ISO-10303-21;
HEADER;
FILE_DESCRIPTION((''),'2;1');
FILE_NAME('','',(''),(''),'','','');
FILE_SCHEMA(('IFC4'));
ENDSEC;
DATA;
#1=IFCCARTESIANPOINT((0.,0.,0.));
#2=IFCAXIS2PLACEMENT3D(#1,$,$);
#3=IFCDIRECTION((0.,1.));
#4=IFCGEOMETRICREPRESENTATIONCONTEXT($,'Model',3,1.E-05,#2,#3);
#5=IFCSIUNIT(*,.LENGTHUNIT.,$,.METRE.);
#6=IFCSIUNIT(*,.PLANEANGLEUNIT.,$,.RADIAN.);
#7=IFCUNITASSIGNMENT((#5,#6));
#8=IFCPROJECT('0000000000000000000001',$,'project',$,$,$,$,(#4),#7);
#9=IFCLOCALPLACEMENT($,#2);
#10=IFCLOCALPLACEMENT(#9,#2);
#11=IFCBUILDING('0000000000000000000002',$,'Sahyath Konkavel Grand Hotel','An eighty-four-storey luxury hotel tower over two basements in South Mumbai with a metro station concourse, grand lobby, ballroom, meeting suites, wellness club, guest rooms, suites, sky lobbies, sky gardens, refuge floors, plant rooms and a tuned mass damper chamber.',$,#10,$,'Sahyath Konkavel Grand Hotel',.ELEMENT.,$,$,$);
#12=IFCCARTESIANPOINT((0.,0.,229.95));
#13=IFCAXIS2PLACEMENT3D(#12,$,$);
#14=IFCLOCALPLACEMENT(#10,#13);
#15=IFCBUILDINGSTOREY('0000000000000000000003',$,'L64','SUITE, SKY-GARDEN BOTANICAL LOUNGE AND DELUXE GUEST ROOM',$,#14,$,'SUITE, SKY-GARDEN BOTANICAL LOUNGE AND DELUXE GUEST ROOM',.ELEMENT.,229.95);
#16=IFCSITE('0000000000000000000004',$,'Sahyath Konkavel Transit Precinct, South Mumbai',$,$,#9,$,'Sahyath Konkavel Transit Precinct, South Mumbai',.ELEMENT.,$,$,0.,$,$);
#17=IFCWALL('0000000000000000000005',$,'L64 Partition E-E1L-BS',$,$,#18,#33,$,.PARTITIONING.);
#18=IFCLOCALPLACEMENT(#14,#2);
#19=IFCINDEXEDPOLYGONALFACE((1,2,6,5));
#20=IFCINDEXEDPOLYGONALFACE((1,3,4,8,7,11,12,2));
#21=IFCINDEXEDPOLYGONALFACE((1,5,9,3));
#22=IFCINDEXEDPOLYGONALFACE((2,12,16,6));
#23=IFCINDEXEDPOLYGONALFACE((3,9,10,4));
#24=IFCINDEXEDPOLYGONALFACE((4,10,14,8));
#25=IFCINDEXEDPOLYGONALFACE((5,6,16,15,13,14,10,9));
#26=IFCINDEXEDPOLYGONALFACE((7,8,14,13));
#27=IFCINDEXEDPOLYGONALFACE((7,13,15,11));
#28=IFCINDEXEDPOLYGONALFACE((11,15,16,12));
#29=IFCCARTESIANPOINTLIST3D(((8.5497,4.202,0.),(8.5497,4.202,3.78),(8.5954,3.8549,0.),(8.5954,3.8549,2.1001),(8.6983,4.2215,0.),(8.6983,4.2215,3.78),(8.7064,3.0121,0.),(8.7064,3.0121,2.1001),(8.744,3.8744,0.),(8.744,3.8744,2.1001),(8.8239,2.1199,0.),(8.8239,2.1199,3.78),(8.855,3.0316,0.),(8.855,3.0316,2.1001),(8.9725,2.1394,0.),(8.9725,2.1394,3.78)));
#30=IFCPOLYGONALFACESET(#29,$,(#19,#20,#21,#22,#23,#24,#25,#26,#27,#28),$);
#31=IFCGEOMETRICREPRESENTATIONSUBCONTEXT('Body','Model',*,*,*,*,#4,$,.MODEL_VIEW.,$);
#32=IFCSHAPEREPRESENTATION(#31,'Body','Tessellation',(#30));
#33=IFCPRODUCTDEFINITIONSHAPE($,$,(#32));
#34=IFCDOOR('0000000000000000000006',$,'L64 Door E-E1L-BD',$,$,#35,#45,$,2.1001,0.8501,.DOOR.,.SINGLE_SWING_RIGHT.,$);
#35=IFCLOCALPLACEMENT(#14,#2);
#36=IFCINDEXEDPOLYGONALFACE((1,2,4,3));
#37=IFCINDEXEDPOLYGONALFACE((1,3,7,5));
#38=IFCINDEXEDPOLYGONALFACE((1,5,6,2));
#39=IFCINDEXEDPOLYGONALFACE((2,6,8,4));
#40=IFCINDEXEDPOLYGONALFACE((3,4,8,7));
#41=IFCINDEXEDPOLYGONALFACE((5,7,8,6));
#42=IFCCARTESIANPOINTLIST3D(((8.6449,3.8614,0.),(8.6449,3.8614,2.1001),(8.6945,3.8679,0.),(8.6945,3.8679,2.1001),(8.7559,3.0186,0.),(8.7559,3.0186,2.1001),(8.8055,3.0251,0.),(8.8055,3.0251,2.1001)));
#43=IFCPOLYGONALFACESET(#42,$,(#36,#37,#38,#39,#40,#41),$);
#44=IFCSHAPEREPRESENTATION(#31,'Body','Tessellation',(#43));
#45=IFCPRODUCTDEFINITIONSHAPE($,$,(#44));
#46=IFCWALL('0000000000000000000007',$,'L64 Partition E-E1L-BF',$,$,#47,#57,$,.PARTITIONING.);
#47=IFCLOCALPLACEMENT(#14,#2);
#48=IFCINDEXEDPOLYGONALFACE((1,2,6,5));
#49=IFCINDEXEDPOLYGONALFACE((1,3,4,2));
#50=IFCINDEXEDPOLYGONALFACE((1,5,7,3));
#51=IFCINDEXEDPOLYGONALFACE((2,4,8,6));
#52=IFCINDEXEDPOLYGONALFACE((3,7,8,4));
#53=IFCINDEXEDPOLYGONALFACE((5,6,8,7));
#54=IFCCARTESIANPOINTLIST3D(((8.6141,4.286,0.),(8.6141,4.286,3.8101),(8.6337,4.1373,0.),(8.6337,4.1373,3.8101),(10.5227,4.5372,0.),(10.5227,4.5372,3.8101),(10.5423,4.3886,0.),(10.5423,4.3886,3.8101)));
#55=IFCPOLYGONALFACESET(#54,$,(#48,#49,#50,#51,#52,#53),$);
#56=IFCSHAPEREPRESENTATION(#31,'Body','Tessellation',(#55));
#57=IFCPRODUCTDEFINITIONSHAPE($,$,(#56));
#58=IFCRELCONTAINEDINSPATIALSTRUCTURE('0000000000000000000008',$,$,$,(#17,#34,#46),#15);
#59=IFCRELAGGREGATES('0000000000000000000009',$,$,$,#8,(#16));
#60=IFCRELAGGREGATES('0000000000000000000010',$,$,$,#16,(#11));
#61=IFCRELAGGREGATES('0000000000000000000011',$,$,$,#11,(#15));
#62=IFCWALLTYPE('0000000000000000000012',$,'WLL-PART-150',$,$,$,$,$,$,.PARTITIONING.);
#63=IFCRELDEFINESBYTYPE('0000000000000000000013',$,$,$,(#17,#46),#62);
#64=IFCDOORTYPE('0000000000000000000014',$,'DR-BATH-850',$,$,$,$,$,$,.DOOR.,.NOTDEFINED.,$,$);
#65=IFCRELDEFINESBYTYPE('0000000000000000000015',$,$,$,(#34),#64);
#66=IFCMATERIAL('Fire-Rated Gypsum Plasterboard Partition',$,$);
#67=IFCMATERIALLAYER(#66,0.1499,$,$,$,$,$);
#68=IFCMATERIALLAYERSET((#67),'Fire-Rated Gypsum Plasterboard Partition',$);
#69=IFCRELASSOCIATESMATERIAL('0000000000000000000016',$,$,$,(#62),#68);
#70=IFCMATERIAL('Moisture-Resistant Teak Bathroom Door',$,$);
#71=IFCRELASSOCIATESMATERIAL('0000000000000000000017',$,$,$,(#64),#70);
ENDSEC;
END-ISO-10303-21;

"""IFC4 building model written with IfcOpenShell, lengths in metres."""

from ifc_helpers import new_model, si_unit, direction, frame, frame_2d, origin, origin_2d, place, context, subcontext, project, spatial, rectangle, extrude, source, transform, mapped, material, layer, layer_set, type_object, element, fill, save


model = new_model("IFC4")

# Units and contexts
model_context = context("Model", 3, precision=1e-05, world=origin(), true_north=direction((0.0, 1.0)))
body_context = subcontext(model_context, "Body", "Model", "MODEL_VIEW")
ifc_project = project(units=[si_unit("LENGTHUNIT", "METRE"), si_unit("PLANEANGLEUNIT", "RADIAN")], contexts=[model_context])

# Site, building, storey
site_placement = place(None, origin())
site = spatial("IfcSite", under=ifc_project, at=site_placement, Name="Sahyath Konkavel Transit Precinct, South Mumbai", LongName="Sahyath Konkavel Transit Precinct, South Mumbai", CompositionType="ELEMENT", RefElevation=0.0)
building_placement = place(site_placement, origin())
building = spatial("IfcBuilding", under=site, at=building_placement, Name="Sahyath Konkavel Grand Hotel", Description="An eighty-four-storey luxury hotel tower over two basements in South Mumbai with a metro station concourse, grand lobby, ballroom, meeting suites, wellness club, guest rooms, suites, sky lobbies, sky gardens, refuge floors, plant rooms and a tuned mass damper chamber.", LongName="Sahyath Konkavel Grand Hotel", CompositionType="ELEMENT")
storey_placement = place(building_placement, frame((0.0, 0.0, 229.95)))
storey = spatial("IfcBuildingStorey", under=building, at=storey_placement, Name="L64", Description="SUITE, SKY-GARDEN BOTANICAL LOUNGE AND DELUXE GUEST ROOM", LongName="SUITE, SKY-GARDEN BOTANICAL LOUNGE AND DELUXE GUEST ROOM", CompositionType="ELEMENT", Elevation=229.95)

# Shared definitions
ifc_material_1 = material(Name="Fire-Rated Gypsum Plasterboard Partition")
ifc_layer_1 = layer(ifc_material_1, 0.1499)
ifc_layer_set_1 = layer_set([ifc_layer_1], Name="Fire-Rated Gypsum Plasterboard Partition")
wall_type_1 = type_object("IfcWallType", Name="WLL-PART-150", PredefinedType="PARTITIONING", material=ifc_layer_set_1)
shared_shape_1 = source(origin(), body_context, "Body", "SweptSolid", [
    extrude(rectangle(XDim=0.8501, YDim=0.05, at=origin_2d()), origin(), (0.0, 0.0, 1.0), 2.1001),
])

# Wall, opening, door
wall_1_placement = place(storey_placement, frame((8.8982, 2.1296, 0.0), z_axis=(0.0, 0.0, 1.0), x_axis=(-0.130557, 0.991441, 0.0)))
wall_1 = element("IfcWall", 1, at=wall_1_placement, inside=storey, type_object=wall_type_1, Name="L64 Partition E-E1L-BS", PredefinedType="PARTITIONING", context=body_context, shape_type="SweptSolid", body=[
    extrude(rectangle(XDim=2.1001, YDim=0.1499, at=frame_2d((1.05, 0.0))), origin(), (0.0, 0.0, 1.0), 3.78),
])
opening_1_placement = place(wall_1_placement, frame((0.8999, 0.0, 0.0)))
opening_1 = element("IfcOpeningElement", 2, at=opening_1_placement, cuts=wall_1, PredefinedType="OPENING", context=body_context, shape_type="SweptSolid", body=[
    extrude(rectangle(XDim=0.8501, YDim=2.1001, at=frame_2d((0.425, 1.05))), frame((0.0, 0.085, 0.0), z_axis=(0.0, -1.0, 0.0), x_axis=(1.0, 0.0, 0.0)), (0.0, 0.0, 1.0), 0.1699),
])
ifc_material_2 = material(Name="Moisture-Resistant Teak Bathroom Door")
door_type_1 = type_object("IfcDoorType", Name="DR-BATH-850", OperationType="NOTDEFINED", PredefinedType="DOOR", material=ifc_material_2)
door_1_placement = place(opening_1_placement, frame((0.425, 0.0, 0.0)))
door_1 = element("IfcDoor", 3, at=door_1_placement, inside=storey, type_object=door_type_1, Name="L64 Door E-E1L-BD", OperationType="SINGLE_SWING_RIGHT", OverallHeight=2.1001, OverallWidth=0.8501, PredefinedType="DOOR", context=body_context, shape_type="MappedRepresentation", body=[
    mapped(shared_shape_1, transform((0.0, 0.0, 0.0), scale=1.0)),
])
fill(opening_1, door_1)

# Wall
wall_2_placement = place(storey_placement, frame((8.624, 4.2117, 0.0), z_axis=(0.0, 0.0, 1.0), x_axis=(0.991449, 0.130494, 0.0)))
element("IfcWall", 4, at=wall_2_placement, inside=storey, type_object=wall_type_1, Name="L64 Partition E-E1L-BF", PredefinedType="PARTITIONING", context=body_context, shape_type="SweptSolid", body=[
    extrude(rectangle(XDim=1.925, YDim=0.1499, at=frame_2d((0.9624, 0.0))), origin(), (0.0, 0.0, 1.0), 3.8101),
])

save(model, "model.ifc")
